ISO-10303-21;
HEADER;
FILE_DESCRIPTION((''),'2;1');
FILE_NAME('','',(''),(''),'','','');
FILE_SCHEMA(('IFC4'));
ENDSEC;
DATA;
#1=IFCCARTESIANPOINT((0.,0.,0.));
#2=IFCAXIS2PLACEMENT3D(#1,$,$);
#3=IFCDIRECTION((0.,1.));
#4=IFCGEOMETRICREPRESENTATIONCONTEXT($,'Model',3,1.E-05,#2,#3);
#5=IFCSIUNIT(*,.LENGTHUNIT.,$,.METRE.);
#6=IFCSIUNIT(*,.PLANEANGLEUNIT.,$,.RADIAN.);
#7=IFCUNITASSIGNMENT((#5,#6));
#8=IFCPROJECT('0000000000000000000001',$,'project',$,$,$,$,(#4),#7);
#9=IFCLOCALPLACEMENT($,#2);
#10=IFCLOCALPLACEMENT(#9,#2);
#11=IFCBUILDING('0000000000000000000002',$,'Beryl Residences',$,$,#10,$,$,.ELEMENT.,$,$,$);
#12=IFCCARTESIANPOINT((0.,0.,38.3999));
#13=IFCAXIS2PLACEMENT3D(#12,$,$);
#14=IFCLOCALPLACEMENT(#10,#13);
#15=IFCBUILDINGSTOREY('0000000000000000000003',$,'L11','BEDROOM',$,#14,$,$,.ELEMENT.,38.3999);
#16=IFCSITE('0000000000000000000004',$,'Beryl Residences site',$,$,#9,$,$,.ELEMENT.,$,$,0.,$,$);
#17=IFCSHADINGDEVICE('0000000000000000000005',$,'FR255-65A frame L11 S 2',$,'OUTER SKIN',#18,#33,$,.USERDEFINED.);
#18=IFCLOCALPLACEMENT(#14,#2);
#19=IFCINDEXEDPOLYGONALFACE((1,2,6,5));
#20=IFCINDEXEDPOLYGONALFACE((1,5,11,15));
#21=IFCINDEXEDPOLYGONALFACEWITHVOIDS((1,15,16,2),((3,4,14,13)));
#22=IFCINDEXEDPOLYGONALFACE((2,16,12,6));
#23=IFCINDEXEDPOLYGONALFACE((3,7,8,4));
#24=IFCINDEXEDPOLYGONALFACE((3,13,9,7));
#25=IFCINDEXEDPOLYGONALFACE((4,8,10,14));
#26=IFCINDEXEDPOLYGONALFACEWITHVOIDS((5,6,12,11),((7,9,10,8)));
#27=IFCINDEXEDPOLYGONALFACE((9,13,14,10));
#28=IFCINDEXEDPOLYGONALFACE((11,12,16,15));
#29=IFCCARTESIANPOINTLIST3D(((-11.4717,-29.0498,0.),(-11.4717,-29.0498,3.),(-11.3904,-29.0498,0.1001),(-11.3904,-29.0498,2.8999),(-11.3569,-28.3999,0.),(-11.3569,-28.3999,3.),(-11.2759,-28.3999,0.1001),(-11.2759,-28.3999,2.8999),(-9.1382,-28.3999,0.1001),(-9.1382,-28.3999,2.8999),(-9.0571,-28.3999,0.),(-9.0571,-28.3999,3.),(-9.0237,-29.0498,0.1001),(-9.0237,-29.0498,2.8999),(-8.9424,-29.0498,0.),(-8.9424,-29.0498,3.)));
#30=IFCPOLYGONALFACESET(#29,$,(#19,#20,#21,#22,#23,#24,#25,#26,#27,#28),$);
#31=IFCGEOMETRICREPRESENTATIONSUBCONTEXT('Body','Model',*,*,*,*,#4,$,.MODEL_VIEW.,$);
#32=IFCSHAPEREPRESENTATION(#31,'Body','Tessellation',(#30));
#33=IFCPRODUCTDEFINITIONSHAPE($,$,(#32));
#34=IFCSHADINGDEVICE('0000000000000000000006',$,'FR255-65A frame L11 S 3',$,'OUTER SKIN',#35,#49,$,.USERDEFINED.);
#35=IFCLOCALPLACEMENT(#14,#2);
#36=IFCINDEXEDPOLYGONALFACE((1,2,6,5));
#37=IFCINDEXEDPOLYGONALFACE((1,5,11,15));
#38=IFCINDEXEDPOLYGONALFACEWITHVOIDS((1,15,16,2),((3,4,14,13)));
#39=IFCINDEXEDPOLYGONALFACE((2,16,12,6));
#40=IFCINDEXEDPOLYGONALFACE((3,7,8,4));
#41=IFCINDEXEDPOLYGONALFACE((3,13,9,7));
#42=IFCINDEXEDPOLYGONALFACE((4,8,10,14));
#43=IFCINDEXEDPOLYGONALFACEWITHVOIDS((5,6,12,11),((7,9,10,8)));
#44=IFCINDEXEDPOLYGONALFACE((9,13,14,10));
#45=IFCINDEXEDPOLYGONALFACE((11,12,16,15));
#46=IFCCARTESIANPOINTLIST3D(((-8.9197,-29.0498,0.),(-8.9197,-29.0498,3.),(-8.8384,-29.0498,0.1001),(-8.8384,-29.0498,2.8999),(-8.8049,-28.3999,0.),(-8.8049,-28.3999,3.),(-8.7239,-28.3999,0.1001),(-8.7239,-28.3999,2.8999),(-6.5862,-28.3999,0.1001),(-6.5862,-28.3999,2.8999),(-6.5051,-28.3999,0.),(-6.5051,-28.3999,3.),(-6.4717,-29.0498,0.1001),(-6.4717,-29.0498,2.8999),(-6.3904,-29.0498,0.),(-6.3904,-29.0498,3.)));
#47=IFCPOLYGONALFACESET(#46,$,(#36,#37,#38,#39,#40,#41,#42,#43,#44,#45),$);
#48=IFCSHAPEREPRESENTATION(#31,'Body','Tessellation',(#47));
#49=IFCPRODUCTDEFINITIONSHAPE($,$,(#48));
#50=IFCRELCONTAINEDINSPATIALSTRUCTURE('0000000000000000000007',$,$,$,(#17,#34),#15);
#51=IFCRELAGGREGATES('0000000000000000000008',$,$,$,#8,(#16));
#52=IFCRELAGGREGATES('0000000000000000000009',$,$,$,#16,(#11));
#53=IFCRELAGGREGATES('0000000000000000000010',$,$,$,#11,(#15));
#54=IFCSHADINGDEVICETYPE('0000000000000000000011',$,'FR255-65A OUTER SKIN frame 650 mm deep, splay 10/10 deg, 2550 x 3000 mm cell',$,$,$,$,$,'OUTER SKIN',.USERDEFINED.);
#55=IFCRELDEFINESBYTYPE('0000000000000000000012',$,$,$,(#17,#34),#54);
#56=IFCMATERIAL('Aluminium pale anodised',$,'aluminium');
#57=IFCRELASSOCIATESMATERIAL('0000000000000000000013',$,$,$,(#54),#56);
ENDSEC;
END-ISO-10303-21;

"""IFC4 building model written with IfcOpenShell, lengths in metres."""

from ifc_helpers import new_model, entity, si_unit, direction, frame, origin, place, context, subcontext, project, spatial, source, transform, mapped, material, type_object, type_shapes, element, save


model = new_model("IFC4")

# Units and contexts
model_context = context("Model", 3, precision=1e-05, world=origin(), true_north=direction((0.0, 1.0)))
body_context = subcontext(model_context, "Body", "Model", "MODEL_VIEW")
ifc_project = project(units=[si_unit("LENGTHUNIT", "METRE"), si_unit("PLANEANGLEUNIT", "RADIAN")], contexts=[model_context])

# Site, building, storey
site_placement = place(None, origin())
site = spatial("IfcSite", under=ifc_project, at=site_placement, Name="Beryl Residences site", CompositionType="ELEMENT", RefElevation=0.0)
building_placement = place(site_placement, origin())
building = spatial("IfcBuilding", under=site, at=building_placement, Name="Beryl Residences", CompositionType="ELEMENT")
storey_placement = place(building_placement, frame((0.0, 0.0, 38.3999)))
storey = spatial("IfcBuildingStorey", under=building, at=storey_placement, Name="L11", Description="BEDROOM", CompositionType="ELEMENT", Elevation=38.3999)

# Shading devices
ifc_material_1 = material(Name="Aluminium pale anodised", Category="aluminium")
shading_device_type_1 = type_object("IfcShadingDeviceType", Name="FR255-65A OUTER SKIN frame 650 mm deep, splay 10/10 deg, 2550 x 3000 mm cell", ElementType="OUTER SKIN", PredefinedType="USERDEFINED", material=ifc_material_1)
cartesian_point_1 = entity("IfcCartesianPoint", [-1.1499, 0.0])
cartesian_point_2 = entity("IfcCartesianPoint", [-1.0688, 0.1001])
cartesian_point_3 = entity("IfcCartesianPoint", [-1.2646, 0.0])
cartesian_point_4 = entity("IfcCartesianPoint", [-1.1833, 0.1001])
shared_shape_1 = source(origin(), body_context, "Body", "SweptSolid", [
    entity("IfcExtrudedAreaSolidTapered", entity("IfcArbitraryProfileDefWithVoids", "AREA", None, entity("IfcPolyline", [cartesian_point_1, entity("IfcCartesianPoint", [1.1499, 0.0]), entity("IfcCartesianPoint", [1.1499, 3.0]), entity("IfcCartesianPoint", [-1.1499, 3.0]), cartesian_point_1]), [entity("IfcPolyline", [cartesian_point_2, entity("IfcCartesianPoint", [1.0688, 0.1001]), entity("IfcCartesianPoint", [1.0688, 2.8999]), entity("IfcCartesianPoint", [-1.0688, 2.8999]), cartesian_point_2])]), entity("IfcAxis2Placement3D", entity("IfcCartesianPoint", [0.0, 0.0, 0.0]), entity("IfcDirection", [0.0, 1.0, 0.0]), entity("IfcDirection", [-1.0, 0.0, 0.0])), entity("IfcDirection", [0.0, 0.0, 1.0]), 0.6499, entity("IfcArbitraryProfileDefWithVoids", "AREA", None, entity("IfcPolyline", [cartesian_point_3, entity("IfcCartesianPoint", [1.2646, 0.0]), entity("IfcCartesianPoint", [1.2646, 3.0]), entity("IfcCartesianPoint", [-1.2646, 3.0]), cartesian_point_3]), [entity("IfcPolyline", [cartesian_point_4, entity("IfcCartesianPoint", [1.1833, 0.1001]), entity("IfcCartesianPoint", [1.1833, 2.8999]), entity("IfcCartesianPoint", [-1.1833, 2.8999]), cartesian_point_4])])),
])
type_shapes(shading_device_type_1, [shared_shape_1])
for number, where, z_axis, x_axis, name in (
    (1, (-10.207, -28.3999, 0.0), (0.0, 0.0, 1.0), (-1.0, 0.0, 0.0), "FR255-65A frame L11 S 2"),
    (2, (-7.655, -28.3999, 0.0), (0.0, 0.0, 1.0), (-1.0, 0.0, 0.0), "FR255-65A frame L11 S 3"),
):
    element("IfcShadingDevice", number, at=place(storey_placement, frame(where, z_axis=z_axis, x_axis=x_axis)), inside=storey, type_object=shading_device_type_1, Name=name, ObjectType="OUTER SKIN", PredefinedType="USERDEFINED", context=body_context, shape_type="MappedRepresentation", body=[
        mapped(shared_shape_1, transform((0.0, 0.0, 0.0))),
    ])

save(model, "model.ifc")
